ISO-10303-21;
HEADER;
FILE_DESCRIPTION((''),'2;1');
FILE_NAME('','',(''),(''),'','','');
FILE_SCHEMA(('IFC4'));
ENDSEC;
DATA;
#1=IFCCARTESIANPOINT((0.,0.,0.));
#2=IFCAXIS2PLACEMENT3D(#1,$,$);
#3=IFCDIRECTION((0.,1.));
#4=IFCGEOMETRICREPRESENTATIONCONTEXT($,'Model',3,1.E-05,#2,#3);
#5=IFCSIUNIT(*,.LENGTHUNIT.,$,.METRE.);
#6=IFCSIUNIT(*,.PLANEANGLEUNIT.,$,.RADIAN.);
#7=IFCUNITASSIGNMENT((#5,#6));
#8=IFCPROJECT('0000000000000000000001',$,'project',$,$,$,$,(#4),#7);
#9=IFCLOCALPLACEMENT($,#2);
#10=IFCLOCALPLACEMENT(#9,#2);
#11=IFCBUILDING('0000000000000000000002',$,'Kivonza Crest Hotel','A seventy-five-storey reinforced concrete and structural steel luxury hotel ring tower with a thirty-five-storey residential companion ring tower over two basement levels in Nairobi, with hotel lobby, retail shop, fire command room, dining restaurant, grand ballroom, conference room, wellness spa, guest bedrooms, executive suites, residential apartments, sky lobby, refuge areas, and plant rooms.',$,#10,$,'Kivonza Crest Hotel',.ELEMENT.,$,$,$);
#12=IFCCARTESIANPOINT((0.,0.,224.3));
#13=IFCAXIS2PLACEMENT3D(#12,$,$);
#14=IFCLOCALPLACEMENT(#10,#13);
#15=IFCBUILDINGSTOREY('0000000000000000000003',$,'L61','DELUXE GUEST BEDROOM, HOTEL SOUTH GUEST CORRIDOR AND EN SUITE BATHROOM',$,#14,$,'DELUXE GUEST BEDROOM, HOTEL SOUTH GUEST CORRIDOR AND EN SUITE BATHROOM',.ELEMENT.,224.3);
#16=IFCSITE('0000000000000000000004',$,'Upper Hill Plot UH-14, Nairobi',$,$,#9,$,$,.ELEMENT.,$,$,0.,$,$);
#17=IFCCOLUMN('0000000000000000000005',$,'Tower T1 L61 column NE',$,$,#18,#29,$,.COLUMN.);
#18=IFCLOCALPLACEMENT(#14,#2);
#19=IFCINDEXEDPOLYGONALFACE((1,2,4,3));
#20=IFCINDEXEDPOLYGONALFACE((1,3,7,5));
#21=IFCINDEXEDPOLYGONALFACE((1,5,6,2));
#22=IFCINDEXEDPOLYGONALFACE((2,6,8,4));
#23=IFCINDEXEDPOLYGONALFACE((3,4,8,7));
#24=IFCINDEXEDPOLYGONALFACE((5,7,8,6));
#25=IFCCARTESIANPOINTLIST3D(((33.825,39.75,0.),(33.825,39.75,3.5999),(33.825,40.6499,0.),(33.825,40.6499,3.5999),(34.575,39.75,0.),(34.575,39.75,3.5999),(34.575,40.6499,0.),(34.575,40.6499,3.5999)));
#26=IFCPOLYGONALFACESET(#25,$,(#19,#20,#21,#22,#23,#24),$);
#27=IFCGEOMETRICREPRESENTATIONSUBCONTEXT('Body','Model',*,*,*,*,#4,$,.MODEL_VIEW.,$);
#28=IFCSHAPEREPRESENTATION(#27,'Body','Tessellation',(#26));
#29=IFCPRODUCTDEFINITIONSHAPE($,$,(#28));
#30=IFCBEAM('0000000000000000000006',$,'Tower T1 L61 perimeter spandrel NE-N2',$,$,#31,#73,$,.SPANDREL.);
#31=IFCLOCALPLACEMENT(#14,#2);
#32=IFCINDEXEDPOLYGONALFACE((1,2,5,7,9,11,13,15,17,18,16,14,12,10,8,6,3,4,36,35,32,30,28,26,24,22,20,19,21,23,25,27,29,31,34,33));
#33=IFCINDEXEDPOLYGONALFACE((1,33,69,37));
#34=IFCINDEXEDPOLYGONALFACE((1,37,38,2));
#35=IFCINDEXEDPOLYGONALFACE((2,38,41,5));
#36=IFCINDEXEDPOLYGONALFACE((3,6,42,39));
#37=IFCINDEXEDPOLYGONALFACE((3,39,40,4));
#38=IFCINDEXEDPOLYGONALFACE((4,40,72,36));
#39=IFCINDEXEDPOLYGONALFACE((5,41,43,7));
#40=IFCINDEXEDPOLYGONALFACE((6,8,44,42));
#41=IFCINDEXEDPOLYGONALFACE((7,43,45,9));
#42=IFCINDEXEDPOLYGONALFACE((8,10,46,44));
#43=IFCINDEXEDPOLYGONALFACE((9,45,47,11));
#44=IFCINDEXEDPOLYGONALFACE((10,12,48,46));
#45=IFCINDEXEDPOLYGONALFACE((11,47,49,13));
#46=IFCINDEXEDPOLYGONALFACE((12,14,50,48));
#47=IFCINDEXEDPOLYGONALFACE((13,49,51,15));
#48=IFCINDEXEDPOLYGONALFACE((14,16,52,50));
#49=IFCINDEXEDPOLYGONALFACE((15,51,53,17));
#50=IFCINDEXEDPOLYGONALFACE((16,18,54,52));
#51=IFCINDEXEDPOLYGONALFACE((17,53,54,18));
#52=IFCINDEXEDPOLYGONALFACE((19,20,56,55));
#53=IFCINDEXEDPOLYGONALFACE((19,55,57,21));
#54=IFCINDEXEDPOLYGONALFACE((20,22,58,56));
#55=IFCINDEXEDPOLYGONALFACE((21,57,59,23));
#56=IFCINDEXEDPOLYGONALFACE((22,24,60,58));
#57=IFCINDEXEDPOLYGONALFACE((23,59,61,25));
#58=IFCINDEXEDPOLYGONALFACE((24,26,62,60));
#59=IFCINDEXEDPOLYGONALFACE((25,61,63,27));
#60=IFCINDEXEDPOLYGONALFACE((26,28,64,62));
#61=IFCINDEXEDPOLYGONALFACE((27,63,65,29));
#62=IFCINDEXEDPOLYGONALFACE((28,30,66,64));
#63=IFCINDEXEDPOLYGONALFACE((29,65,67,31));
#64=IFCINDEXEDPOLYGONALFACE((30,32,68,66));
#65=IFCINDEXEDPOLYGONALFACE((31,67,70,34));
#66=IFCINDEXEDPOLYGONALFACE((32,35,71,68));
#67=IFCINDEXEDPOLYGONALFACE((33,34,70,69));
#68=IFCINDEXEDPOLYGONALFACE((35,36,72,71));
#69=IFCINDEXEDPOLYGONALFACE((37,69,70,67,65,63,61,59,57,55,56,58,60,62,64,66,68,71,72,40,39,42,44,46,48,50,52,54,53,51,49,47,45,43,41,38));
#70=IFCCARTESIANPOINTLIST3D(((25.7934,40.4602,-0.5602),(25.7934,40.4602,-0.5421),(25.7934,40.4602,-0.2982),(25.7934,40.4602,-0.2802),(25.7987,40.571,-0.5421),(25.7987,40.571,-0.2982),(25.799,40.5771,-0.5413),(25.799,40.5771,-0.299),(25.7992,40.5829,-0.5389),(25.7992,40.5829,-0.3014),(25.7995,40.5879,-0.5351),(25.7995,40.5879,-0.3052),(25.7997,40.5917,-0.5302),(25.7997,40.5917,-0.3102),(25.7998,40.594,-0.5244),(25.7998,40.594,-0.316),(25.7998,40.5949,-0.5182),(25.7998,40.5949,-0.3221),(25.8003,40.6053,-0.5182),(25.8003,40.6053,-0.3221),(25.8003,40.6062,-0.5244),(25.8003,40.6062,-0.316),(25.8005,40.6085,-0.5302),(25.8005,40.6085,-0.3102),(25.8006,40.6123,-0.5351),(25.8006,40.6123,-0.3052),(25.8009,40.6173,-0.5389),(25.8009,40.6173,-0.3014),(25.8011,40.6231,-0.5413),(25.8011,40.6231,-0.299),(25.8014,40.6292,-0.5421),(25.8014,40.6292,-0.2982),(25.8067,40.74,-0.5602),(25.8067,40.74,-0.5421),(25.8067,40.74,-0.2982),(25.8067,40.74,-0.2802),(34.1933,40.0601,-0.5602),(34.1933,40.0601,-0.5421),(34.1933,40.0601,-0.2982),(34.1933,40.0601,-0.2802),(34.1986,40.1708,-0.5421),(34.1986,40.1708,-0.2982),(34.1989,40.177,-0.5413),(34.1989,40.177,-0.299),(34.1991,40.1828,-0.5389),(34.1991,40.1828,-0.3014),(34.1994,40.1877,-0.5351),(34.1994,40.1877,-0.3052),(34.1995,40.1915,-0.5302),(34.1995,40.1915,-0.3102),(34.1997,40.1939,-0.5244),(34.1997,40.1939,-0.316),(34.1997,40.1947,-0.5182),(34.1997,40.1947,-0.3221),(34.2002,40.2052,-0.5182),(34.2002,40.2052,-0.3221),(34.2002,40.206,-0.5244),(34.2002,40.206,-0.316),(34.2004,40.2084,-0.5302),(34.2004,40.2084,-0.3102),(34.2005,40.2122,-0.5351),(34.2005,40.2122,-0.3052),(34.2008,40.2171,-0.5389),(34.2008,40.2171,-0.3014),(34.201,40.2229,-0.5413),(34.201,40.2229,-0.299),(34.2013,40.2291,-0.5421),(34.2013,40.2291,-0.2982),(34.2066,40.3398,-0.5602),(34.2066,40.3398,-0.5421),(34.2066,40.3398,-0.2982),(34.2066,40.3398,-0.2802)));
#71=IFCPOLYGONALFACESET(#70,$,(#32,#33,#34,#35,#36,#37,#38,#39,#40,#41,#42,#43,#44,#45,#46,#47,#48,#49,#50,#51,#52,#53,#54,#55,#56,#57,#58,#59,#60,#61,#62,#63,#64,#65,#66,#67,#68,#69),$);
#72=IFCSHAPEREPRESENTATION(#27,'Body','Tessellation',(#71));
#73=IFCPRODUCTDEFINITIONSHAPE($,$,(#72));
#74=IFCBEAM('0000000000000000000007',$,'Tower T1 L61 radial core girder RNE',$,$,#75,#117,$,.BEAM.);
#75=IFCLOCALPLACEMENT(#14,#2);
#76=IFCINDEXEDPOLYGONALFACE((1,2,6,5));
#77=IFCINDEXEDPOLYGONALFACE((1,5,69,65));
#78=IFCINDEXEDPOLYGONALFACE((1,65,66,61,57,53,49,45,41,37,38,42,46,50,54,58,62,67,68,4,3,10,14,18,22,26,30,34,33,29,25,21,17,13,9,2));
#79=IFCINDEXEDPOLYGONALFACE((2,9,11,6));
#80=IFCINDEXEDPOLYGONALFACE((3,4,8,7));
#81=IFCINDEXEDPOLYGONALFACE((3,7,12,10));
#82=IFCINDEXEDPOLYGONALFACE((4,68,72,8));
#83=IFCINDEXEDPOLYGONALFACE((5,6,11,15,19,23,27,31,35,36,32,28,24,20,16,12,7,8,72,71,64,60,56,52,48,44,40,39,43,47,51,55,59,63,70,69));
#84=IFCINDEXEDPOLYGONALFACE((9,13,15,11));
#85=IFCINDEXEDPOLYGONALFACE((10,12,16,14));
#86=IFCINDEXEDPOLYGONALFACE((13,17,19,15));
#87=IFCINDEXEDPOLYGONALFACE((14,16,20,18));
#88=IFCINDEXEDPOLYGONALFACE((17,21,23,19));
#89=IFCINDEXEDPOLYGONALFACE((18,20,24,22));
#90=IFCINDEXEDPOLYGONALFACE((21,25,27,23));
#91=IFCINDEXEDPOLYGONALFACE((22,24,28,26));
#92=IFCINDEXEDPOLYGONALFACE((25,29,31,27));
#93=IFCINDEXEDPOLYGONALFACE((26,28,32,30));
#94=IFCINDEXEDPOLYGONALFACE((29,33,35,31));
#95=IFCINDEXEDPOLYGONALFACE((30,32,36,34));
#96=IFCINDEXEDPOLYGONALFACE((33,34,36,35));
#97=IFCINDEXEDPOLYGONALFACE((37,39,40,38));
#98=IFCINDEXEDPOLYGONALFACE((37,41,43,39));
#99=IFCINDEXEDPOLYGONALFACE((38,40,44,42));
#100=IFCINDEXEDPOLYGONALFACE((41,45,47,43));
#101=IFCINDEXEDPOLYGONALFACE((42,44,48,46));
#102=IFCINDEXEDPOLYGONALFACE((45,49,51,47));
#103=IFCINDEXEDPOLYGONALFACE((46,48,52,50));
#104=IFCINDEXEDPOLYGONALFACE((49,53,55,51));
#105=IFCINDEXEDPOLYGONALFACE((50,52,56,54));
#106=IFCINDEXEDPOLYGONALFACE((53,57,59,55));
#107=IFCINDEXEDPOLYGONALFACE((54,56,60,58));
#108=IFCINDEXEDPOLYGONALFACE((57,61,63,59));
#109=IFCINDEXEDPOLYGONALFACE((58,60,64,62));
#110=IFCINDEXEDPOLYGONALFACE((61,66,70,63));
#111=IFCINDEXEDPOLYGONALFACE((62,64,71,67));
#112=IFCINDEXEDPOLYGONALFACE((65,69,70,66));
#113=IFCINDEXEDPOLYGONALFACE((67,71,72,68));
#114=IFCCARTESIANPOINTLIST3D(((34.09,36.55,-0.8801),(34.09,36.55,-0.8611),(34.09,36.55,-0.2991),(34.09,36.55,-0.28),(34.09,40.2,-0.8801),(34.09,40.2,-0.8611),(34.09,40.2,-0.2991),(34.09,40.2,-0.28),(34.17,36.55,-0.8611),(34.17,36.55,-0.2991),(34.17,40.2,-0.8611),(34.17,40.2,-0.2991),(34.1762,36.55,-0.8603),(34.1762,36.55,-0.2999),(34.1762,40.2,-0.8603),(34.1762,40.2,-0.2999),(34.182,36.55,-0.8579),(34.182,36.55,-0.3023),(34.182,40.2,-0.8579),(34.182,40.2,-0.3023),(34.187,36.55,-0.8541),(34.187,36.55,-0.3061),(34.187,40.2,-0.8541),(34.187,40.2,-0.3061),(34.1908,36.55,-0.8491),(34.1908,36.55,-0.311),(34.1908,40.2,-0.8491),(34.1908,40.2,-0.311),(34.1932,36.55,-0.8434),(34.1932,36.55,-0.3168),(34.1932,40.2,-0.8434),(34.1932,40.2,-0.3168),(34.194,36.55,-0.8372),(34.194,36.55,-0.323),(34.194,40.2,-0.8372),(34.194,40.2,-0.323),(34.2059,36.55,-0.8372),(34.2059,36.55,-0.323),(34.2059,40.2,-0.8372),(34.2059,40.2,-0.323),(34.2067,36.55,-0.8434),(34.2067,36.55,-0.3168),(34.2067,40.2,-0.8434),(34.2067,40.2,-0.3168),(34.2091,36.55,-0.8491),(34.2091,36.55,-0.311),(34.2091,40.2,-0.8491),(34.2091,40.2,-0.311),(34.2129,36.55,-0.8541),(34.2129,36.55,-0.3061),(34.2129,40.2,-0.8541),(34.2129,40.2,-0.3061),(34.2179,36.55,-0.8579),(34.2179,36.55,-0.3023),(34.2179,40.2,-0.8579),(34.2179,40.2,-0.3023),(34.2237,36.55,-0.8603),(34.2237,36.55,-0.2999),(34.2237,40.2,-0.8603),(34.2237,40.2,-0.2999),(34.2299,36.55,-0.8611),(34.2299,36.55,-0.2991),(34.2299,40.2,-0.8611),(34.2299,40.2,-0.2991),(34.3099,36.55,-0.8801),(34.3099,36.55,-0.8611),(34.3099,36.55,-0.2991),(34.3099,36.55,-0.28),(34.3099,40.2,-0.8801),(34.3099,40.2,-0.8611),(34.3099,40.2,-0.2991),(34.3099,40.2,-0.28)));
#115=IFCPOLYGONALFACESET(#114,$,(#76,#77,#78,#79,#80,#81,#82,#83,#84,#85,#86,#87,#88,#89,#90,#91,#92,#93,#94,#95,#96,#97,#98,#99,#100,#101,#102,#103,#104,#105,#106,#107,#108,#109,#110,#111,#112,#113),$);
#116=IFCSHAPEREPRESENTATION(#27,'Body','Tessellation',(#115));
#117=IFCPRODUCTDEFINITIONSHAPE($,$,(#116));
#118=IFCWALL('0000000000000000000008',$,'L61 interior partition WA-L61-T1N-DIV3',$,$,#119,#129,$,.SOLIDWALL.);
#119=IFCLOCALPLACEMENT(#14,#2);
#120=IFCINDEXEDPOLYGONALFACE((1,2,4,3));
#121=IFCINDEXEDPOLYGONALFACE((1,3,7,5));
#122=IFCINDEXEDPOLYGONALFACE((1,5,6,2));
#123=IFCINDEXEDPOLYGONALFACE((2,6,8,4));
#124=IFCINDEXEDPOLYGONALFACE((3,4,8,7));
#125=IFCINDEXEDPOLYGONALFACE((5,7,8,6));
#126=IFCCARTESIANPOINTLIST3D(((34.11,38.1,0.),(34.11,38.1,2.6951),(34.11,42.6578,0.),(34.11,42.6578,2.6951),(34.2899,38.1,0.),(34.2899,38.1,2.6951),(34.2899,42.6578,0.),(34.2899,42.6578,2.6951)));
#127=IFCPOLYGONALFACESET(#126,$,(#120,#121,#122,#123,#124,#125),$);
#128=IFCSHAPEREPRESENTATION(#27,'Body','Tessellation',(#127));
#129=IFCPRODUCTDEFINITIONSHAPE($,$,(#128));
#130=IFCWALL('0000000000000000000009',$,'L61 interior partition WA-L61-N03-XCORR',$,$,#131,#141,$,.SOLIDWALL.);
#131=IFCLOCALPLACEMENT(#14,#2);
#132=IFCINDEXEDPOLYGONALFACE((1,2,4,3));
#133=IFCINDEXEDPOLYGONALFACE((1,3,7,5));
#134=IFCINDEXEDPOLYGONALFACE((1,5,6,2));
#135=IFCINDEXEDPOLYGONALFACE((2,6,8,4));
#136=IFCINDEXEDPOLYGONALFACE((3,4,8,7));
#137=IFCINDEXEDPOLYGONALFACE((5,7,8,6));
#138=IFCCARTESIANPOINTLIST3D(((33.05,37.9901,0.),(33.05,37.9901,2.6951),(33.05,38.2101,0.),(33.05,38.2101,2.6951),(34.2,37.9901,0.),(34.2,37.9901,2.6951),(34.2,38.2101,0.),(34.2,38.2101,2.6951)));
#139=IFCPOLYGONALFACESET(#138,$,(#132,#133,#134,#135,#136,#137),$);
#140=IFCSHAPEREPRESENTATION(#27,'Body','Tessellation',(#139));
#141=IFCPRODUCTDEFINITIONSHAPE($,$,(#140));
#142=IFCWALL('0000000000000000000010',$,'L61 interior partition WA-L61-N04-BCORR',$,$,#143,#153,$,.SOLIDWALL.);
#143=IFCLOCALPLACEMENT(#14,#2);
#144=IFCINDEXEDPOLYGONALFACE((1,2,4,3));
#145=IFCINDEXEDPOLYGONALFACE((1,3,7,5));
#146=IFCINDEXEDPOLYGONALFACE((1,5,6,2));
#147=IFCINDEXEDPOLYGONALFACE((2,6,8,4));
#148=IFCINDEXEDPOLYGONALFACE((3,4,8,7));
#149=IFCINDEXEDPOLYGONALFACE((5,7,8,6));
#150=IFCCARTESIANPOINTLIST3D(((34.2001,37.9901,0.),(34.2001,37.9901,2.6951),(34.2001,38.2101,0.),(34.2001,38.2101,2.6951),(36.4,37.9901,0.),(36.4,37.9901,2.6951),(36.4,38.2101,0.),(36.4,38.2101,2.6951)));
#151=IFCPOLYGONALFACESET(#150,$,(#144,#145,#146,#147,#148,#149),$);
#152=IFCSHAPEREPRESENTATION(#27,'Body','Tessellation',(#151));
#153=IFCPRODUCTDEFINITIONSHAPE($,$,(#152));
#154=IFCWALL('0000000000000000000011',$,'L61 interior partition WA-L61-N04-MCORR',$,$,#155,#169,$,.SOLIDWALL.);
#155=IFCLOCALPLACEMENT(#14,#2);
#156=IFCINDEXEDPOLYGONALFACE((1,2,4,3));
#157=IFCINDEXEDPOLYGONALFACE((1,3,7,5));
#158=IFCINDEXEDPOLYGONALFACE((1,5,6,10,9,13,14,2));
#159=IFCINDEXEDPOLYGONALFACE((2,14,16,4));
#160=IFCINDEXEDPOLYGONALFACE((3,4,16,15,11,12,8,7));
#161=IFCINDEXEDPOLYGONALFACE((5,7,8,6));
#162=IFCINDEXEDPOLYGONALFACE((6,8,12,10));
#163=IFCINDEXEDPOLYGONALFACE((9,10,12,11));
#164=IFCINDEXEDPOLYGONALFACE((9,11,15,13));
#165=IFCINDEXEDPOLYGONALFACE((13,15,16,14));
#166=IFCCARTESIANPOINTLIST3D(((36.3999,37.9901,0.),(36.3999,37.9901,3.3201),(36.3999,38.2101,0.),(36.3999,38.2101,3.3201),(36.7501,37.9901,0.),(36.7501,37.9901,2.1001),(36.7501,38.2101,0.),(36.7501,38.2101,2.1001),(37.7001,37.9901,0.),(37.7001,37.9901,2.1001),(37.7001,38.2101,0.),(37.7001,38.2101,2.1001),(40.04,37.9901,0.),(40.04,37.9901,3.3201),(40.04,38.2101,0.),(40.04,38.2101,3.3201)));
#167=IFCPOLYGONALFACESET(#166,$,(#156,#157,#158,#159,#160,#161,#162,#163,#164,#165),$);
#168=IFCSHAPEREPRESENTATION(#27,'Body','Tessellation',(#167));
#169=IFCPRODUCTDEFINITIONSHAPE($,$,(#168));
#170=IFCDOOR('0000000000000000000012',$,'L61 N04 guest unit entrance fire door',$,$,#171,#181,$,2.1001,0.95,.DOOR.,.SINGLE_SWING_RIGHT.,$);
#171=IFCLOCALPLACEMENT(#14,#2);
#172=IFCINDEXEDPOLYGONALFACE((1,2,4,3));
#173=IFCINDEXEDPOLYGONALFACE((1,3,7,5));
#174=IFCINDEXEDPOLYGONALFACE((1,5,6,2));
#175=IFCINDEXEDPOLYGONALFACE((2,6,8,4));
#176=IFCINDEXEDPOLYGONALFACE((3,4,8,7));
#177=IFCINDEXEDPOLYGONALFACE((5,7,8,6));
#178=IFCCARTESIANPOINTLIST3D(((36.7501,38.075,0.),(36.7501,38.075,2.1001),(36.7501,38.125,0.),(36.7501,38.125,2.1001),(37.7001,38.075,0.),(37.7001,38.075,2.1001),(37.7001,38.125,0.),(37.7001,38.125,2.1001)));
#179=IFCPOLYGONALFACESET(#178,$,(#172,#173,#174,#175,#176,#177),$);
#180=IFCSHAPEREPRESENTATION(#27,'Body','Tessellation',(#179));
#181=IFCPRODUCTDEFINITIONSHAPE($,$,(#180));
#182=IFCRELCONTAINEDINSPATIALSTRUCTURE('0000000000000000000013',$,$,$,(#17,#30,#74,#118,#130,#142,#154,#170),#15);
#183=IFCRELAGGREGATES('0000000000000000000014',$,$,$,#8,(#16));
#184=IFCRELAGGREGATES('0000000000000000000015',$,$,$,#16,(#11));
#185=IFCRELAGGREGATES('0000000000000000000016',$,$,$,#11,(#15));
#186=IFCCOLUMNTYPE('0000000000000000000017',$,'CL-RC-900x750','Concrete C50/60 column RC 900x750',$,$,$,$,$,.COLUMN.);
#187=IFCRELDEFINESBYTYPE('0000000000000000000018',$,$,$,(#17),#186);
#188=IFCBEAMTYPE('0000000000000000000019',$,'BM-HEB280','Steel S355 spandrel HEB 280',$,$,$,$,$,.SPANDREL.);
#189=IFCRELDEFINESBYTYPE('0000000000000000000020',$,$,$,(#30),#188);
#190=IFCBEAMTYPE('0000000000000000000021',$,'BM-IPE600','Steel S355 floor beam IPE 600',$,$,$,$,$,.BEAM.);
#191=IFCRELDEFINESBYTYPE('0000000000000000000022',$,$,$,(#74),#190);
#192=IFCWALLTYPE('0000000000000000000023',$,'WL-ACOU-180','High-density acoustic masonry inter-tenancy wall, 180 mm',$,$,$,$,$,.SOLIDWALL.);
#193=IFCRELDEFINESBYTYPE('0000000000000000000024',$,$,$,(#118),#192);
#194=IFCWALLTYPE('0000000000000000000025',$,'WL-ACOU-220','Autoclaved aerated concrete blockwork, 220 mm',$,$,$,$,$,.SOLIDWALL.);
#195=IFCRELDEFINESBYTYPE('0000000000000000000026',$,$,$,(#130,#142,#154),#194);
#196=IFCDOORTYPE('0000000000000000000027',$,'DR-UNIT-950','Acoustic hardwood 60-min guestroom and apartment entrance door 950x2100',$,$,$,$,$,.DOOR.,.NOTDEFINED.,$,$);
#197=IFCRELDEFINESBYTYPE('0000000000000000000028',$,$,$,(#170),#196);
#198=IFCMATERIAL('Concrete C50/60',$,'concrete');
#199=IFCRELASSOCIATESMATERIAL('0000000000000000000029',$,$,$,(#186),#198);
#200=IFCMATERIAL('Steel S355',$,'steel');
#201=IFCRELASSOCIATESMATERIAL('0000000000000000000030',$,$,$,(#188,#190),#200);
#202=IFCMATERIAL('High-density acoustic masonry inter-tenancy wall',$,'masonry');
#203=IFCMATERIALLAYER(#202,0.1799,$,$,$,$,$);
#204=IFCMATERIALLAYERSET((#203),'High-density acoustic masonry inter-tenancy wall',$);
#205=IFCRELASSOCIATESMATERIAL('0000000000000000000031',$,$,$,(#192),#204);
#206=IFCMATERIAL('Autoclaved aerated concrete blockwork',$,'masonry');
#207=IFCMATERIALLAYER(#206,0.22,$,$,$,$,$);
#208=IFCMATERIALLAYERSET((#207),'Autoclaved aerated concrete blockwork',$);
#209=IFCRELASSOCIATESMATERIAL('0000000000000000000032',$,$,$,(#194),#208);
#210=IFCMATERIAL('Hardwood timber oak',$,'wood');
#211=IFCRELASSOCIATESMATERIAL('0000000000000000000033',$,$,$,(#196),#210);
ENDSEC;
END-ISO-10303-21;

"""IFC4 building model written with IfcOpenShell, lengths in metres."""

from ifc_helpers import new_model, si_unit, direction, frame, frame_2d, origin, origin_2d, place, context, subcontext, project, spatial, rectangle, i_section, extrude, material, layer, layer_set, material_profile, profile_set, type_object, element, fill, save


model = new_model("IFC4")

# Units and contexts
model_context = context("Model", 3, precision=1e-05, world=origin(), true_north=direction((0.0, 1.0)))
body_context = subcontext(model_context, "Body", "Model", "MODEL_VIEW")
ifc_project = project(units=[si_unit("LENGTHUNIT", "METRE"), si_unit("PLANEANGLEUNIT", "RADIAN")], contexts=[model_context])

# Site, building, storey
site_placement = place(None, origin())
site = spatial("IfcSite", under=ifc_project, at=site_placement, Name="Upper Hill Plot UH-14, Nairobi", CompositionType="ELEMENT", RefElevation=0.0)
building_placement = place(site_placement, origin())
building = spatial("IfcBuilding", under=site, at=building_placement, Name="Kivonza Crest Hotel", Description="A seventy-five-storey reinforced concrete and structural steel luxury hotel ring tower with a thirty-five-storey residential companion ring tower over two basement levels in Nairobi, with hotel lobby, retail shop, fire command room, dining restaurant, grand ballroom, conference room, wellness spa, guest bedrooms, executive suites, residential apartments, sky lobby, refuge areas, and plant rooms.", LongName="Kivonza Crest Hotel", CompositionType="ELEMENT")
storey_placement = place(building_placement, frame((0.0, 0.0, 224.3)))
storey = spatial("IfcBuildingStorey", under=building, at=storey_placement, Name="L61", Description="DELUXE GUEST BEDROOM, HOTEL SOUTH GUEST CORRIDOR AND EN SUITE BATHROOM", LongName="DELUXE GUEST BEDROOM, HOTEL SOUTH GUEST CORRIDOR AND EN SUITE BATHROOM", CompositionType="ELEMENT", Elevation=224.3)

# Column
ifc_material_1 = material(Name="Concrete C50/60", Category="concrete")
ifc_material_profile_1 = material_profile(ifc_material_1, rectangle(XDim=0.75, YDim=0.8999, at=origin_2d()), Name="RC 900x750")
ifc_profile_set_1 = profile_set([ifc_material_profile_1], Name="Concrete C50/60")
column_type = type_object("IfcColumnType", Name="CL-RC-900x750", Description="Concrete C50/60 column RC 900x750", PredefinedType="COLUMN", material=ifc_profile_set_1)
column_placement = place(storey_placement, frame((34.2, 40.2, 0.0), z_axis=(0.0, 0.0, 1.0), x_axis=(1.0, 0.0, 0.0)))
element("IfcColumn", 1, at=column_placement, inside=storey, type_object=column_type, Name="Tower T1 L61 column NE", PredefinedType="COLUMN", context=body_context, shape_type="SweptSolid", body=[
    extrude(rectangle(XDim=0.75, YDim=0.8999, at=origin_2d()), origin(), (0.0, 0.0, 1.0), 3.5999),
])

# Beams
ifc_material_2 = material(Name="Steel S355", Category="steel")
ifc_material_profile_2 = material_profile(ifc_material_2, i_section(OverallWidth=0.28, OverallDepth=0.28, WebThickness=0.0105, FlangeThickness=0.0181, FilletRadius=0.0239, at=origin_2d()), Name="HEB 280")
ifc_profile_set_2 = profile_set([ifc_material_profile_2], Name="Steel S355")
beam_type_1 = type_object("IfcBeamType", Name="BM-HEB280", Description="Steel S355 spandrel HEB 280", PredefinedType="SPANDREL", material=ifc_profile_set_2)
beam_1_placement = place(storey_placement, frame((34.2, 40.2, -0.4202), z_axis=(-0.998867, 0.047583, 0.0), x_axis=(-0.047583, -0.998867, 0.0)))
element("IfcBeam", 2, at=beam_1_placement, inside=storey, type_object=beam_type_1, Name="Tower T1 L61 perimeter spandrel NE-N2", PredefinedType="SPANDREL", context=body_context, shape_type="SweptSolid", body=[
    extrude(i_section(OverallWidth=0.28, OverallDepth=0.28, WebThickness=0.0105, FlangeThickness=0.0181, FilletRadius=0.0239, at=origin_2d()), origin(), (0.0, 0.0, 1.0), 8.4094),
])
ifc_material_profile_3 = material_profile(ifc_material_2, i_section(OverallWidth=0.22, OverallDepth=0.6001, WebThickness=0.012, FlangeThickness=0.019, FilletRadius=0.0239, at=origin_2d()), Name="IPE 600")
ifc_profile_set_3 = profile_set([ifc_material_profile_3], Name="Steel S355")
beam_type_2 = type_object("IfcBeamType", Name="BM-IPE600", Description="Steel S355 floor beam IPE 600", PredefinedType="BEAM", material=ifc_profile_set_3)
beam_2_placement = place(storey_placement, frame((34.2, 40.2, -0.5801), z_axis=(0.0, -1.0, 0.0), x_axis=(1.0, 0.0, 0.0)))
element("IfcBeam", 3, at=beam_2_placement, inside=storey, type_object=beam_type_2, Name="Tower T1 L61 radial core girder RNE", PredefinedType="BEAM", context=body_context, shape_type="SweptSolid", body=[
    extrude(i_section(OverallWidth=0.22, OverallDepth=0.6001, WebThickness=0.012, FlangeThickness=0.019, FilletRadius=0.0239, at=origin_2d()), origin(), (0.0, 0.0, 1.0), 3.6499),
])

# Walls
ifc_material_3 = material(Name="High-density acoustic masonry inter-tenancy wall", Category="masonry")
ifc_layer_1 = layer(ifc_material_3, 0.1799)
ifc_layer_set_1 = layer_set([ifc_layer_1], Name="High-density acoustic masonry inter-tenancy wall")
wall_type_1 = type_object("IfcWallType", Name="WL-ACOU-180", Description="High-density acoustic masonry inter-tenancy wall, 180 mm", PredefinedType="SOLIDWALL", material=ifc_layer_set_1)
wall_1_placement = place(storey_placement, frame((34.2, 38.1001, 0.0), z_axis=(0.0, 0.0, 1.0), x_axis=(0.0, 1.0, 0.0)))
element("IfcWall", 4, at=wall_1_placement, inside=storey, type_object=wall_type_1, Name="L61 interior partition WA-L61-T1N-DIV3", PredefinedType="SOLIDWALL", context=body_context, shape_type="SweptSolid", body=[
    extrude(rectangle(XDim=4.5579, YDim=0.1799, at=frame_2d((2.2788, 0.0))), origin(), (0.0, 0.0, 1.0), 2.6951),
])
ifc_material_4 = material(Name="Autoclaved aerated concrete blockwork", Category="masonry")
ifc_layer_2 = layer(ifc_material_4, 0.22)
ifc_layer_set_2 = layer_set([ifc_layer_2], Name="Autoclaved aerated concrete blockwork")
wall_type_2 = type_object("IfcWallType", Name="WL-ACOU-220", Description="Autoclaved aerated concrete blockwork, 220 mm", PredefinedType="SOLIDWALL", material=ifc_layer_set_2)
wall_2_placement = place(storey_placement, frame((33.05, 38.1001, 0.0), z_axis=(0.0, 0.0, 1.0), x_axis=(1.0, 0.0, 0.0)))
element("IfcWall", 5, at=wall_2_placement, inside=storey, type_object=wall_type_2, Name="L61 interior partition WA-L61-N03-XCORR", PredefinedType="SOLIDWALL", context=body_context, shape_type="SweptSolid", body=[
    extrude(rectangle(XDim=1.1499, YDim=0.22, at=frame_2d((0.575, 0.0))), origin(), (0.0, 0.0, 1.0), 2.6951),
])
wall_3_placement = place(storey_placement, frame((34.2, 38.1001, 0.0), z_axis=(0.0, 0.0, 1.0), x_axis=(1.0, 0.0, 0.0)))
element("IfcWall", 6, at=wall_3_placement, inside=storey, type_object=wall_type_2, Name="L61 interior partition WA-L61-N04-BCORR", PredefinedType="SOLIDWALL", context=body_context, shape_type="SweptSolid", body=[
    extrude(rectangle(XDim=2.2, YDim=0.22, at=frame_2d((1.1001, 0.0))), origin(), (0.0, 0.0, 1.0), 2.6951),
])

# Wall, opening, door
wall_4_placement = place(storey_placement, frame((36.3999, 38.1001, 0.0), z_axis=(0.0, 0.0, 1.0), x_axis=(1.0, 0.0, 0.0)))
wall_4 = element("IfcWall", 7, at=wall_4_placement, inside=storey, type_object=wall_type_2, Name="L61 interior partition WA-L61-N04-MCORR", PredefinedType="SOLIDWALL", context=body_context, shape_type="SweptSolid", body=[
    extrude(rectangle(XDim=3.6401, YDim=0.22, at=frame_2d((1.8201, 0.0))), origin(), (0.0, 0.0, 1.0), 3.3201),
])
opening_1_placement = place(wall_4_placement, frame((0.3501, 0.0, 0.0)))
opening_1 = element("IfcOpeningElement", 8, at=opening_1_placement, cuts=wall_4, PredefinedType="OPENING", context=body_context, shape_type="SweptSolid", body=[
    extrude(rectangle(XDim=0.95, YDim=2.1001, at=frame_2d((0.4751, 1.05))), frame((0.0, 0.1201, 0.0), z_axis=(0.0, -1.0, 0.0), x_axis=(1.0, 0.0, 0.0)), (0.0, 0.0, 1.0), 0.24),
])
ifc_material_5 = material(Name="Hardwood timber oak", Category="wood")
door_type_1 = type_object("IfcDoorType", Name="DR-UNIT-950", Description="Acoustic hardwood 60-min guestroom and apartment entrance door 950x2100", OperationType="NOTDEFINED", PredefinedType="DOOR", material=ifc_material_5)
door_1_placement = place(opening_1_placement, origin())
door_1 = element("IfcDoor", 9, at=door_1_placement, inside=storey, type_object=door_type_1, Name="L61 N04 guest unit entrance fire door", OperationType="SINGLE_SWING_RIGHT", OverallHeight=2.1001, OverallWidth=0.95, PredefinedType="DOOR", context=body_context, shape_type="SweptSolid", body=[
    extrude(rectangle(XDim=0.95, YDim=2.1001, at=frame_2d((0.4751, 1.05))), frame((0.0, 0.0249, 0.0), z_axis=(0.0, -1.0, 0.0), x_axis=(1.0, 0.0, 0.0)), (0.0, 0.0, 1.0), 0.05),
])
fill(opening_1, door_1)

save(model, "model.ifc")
